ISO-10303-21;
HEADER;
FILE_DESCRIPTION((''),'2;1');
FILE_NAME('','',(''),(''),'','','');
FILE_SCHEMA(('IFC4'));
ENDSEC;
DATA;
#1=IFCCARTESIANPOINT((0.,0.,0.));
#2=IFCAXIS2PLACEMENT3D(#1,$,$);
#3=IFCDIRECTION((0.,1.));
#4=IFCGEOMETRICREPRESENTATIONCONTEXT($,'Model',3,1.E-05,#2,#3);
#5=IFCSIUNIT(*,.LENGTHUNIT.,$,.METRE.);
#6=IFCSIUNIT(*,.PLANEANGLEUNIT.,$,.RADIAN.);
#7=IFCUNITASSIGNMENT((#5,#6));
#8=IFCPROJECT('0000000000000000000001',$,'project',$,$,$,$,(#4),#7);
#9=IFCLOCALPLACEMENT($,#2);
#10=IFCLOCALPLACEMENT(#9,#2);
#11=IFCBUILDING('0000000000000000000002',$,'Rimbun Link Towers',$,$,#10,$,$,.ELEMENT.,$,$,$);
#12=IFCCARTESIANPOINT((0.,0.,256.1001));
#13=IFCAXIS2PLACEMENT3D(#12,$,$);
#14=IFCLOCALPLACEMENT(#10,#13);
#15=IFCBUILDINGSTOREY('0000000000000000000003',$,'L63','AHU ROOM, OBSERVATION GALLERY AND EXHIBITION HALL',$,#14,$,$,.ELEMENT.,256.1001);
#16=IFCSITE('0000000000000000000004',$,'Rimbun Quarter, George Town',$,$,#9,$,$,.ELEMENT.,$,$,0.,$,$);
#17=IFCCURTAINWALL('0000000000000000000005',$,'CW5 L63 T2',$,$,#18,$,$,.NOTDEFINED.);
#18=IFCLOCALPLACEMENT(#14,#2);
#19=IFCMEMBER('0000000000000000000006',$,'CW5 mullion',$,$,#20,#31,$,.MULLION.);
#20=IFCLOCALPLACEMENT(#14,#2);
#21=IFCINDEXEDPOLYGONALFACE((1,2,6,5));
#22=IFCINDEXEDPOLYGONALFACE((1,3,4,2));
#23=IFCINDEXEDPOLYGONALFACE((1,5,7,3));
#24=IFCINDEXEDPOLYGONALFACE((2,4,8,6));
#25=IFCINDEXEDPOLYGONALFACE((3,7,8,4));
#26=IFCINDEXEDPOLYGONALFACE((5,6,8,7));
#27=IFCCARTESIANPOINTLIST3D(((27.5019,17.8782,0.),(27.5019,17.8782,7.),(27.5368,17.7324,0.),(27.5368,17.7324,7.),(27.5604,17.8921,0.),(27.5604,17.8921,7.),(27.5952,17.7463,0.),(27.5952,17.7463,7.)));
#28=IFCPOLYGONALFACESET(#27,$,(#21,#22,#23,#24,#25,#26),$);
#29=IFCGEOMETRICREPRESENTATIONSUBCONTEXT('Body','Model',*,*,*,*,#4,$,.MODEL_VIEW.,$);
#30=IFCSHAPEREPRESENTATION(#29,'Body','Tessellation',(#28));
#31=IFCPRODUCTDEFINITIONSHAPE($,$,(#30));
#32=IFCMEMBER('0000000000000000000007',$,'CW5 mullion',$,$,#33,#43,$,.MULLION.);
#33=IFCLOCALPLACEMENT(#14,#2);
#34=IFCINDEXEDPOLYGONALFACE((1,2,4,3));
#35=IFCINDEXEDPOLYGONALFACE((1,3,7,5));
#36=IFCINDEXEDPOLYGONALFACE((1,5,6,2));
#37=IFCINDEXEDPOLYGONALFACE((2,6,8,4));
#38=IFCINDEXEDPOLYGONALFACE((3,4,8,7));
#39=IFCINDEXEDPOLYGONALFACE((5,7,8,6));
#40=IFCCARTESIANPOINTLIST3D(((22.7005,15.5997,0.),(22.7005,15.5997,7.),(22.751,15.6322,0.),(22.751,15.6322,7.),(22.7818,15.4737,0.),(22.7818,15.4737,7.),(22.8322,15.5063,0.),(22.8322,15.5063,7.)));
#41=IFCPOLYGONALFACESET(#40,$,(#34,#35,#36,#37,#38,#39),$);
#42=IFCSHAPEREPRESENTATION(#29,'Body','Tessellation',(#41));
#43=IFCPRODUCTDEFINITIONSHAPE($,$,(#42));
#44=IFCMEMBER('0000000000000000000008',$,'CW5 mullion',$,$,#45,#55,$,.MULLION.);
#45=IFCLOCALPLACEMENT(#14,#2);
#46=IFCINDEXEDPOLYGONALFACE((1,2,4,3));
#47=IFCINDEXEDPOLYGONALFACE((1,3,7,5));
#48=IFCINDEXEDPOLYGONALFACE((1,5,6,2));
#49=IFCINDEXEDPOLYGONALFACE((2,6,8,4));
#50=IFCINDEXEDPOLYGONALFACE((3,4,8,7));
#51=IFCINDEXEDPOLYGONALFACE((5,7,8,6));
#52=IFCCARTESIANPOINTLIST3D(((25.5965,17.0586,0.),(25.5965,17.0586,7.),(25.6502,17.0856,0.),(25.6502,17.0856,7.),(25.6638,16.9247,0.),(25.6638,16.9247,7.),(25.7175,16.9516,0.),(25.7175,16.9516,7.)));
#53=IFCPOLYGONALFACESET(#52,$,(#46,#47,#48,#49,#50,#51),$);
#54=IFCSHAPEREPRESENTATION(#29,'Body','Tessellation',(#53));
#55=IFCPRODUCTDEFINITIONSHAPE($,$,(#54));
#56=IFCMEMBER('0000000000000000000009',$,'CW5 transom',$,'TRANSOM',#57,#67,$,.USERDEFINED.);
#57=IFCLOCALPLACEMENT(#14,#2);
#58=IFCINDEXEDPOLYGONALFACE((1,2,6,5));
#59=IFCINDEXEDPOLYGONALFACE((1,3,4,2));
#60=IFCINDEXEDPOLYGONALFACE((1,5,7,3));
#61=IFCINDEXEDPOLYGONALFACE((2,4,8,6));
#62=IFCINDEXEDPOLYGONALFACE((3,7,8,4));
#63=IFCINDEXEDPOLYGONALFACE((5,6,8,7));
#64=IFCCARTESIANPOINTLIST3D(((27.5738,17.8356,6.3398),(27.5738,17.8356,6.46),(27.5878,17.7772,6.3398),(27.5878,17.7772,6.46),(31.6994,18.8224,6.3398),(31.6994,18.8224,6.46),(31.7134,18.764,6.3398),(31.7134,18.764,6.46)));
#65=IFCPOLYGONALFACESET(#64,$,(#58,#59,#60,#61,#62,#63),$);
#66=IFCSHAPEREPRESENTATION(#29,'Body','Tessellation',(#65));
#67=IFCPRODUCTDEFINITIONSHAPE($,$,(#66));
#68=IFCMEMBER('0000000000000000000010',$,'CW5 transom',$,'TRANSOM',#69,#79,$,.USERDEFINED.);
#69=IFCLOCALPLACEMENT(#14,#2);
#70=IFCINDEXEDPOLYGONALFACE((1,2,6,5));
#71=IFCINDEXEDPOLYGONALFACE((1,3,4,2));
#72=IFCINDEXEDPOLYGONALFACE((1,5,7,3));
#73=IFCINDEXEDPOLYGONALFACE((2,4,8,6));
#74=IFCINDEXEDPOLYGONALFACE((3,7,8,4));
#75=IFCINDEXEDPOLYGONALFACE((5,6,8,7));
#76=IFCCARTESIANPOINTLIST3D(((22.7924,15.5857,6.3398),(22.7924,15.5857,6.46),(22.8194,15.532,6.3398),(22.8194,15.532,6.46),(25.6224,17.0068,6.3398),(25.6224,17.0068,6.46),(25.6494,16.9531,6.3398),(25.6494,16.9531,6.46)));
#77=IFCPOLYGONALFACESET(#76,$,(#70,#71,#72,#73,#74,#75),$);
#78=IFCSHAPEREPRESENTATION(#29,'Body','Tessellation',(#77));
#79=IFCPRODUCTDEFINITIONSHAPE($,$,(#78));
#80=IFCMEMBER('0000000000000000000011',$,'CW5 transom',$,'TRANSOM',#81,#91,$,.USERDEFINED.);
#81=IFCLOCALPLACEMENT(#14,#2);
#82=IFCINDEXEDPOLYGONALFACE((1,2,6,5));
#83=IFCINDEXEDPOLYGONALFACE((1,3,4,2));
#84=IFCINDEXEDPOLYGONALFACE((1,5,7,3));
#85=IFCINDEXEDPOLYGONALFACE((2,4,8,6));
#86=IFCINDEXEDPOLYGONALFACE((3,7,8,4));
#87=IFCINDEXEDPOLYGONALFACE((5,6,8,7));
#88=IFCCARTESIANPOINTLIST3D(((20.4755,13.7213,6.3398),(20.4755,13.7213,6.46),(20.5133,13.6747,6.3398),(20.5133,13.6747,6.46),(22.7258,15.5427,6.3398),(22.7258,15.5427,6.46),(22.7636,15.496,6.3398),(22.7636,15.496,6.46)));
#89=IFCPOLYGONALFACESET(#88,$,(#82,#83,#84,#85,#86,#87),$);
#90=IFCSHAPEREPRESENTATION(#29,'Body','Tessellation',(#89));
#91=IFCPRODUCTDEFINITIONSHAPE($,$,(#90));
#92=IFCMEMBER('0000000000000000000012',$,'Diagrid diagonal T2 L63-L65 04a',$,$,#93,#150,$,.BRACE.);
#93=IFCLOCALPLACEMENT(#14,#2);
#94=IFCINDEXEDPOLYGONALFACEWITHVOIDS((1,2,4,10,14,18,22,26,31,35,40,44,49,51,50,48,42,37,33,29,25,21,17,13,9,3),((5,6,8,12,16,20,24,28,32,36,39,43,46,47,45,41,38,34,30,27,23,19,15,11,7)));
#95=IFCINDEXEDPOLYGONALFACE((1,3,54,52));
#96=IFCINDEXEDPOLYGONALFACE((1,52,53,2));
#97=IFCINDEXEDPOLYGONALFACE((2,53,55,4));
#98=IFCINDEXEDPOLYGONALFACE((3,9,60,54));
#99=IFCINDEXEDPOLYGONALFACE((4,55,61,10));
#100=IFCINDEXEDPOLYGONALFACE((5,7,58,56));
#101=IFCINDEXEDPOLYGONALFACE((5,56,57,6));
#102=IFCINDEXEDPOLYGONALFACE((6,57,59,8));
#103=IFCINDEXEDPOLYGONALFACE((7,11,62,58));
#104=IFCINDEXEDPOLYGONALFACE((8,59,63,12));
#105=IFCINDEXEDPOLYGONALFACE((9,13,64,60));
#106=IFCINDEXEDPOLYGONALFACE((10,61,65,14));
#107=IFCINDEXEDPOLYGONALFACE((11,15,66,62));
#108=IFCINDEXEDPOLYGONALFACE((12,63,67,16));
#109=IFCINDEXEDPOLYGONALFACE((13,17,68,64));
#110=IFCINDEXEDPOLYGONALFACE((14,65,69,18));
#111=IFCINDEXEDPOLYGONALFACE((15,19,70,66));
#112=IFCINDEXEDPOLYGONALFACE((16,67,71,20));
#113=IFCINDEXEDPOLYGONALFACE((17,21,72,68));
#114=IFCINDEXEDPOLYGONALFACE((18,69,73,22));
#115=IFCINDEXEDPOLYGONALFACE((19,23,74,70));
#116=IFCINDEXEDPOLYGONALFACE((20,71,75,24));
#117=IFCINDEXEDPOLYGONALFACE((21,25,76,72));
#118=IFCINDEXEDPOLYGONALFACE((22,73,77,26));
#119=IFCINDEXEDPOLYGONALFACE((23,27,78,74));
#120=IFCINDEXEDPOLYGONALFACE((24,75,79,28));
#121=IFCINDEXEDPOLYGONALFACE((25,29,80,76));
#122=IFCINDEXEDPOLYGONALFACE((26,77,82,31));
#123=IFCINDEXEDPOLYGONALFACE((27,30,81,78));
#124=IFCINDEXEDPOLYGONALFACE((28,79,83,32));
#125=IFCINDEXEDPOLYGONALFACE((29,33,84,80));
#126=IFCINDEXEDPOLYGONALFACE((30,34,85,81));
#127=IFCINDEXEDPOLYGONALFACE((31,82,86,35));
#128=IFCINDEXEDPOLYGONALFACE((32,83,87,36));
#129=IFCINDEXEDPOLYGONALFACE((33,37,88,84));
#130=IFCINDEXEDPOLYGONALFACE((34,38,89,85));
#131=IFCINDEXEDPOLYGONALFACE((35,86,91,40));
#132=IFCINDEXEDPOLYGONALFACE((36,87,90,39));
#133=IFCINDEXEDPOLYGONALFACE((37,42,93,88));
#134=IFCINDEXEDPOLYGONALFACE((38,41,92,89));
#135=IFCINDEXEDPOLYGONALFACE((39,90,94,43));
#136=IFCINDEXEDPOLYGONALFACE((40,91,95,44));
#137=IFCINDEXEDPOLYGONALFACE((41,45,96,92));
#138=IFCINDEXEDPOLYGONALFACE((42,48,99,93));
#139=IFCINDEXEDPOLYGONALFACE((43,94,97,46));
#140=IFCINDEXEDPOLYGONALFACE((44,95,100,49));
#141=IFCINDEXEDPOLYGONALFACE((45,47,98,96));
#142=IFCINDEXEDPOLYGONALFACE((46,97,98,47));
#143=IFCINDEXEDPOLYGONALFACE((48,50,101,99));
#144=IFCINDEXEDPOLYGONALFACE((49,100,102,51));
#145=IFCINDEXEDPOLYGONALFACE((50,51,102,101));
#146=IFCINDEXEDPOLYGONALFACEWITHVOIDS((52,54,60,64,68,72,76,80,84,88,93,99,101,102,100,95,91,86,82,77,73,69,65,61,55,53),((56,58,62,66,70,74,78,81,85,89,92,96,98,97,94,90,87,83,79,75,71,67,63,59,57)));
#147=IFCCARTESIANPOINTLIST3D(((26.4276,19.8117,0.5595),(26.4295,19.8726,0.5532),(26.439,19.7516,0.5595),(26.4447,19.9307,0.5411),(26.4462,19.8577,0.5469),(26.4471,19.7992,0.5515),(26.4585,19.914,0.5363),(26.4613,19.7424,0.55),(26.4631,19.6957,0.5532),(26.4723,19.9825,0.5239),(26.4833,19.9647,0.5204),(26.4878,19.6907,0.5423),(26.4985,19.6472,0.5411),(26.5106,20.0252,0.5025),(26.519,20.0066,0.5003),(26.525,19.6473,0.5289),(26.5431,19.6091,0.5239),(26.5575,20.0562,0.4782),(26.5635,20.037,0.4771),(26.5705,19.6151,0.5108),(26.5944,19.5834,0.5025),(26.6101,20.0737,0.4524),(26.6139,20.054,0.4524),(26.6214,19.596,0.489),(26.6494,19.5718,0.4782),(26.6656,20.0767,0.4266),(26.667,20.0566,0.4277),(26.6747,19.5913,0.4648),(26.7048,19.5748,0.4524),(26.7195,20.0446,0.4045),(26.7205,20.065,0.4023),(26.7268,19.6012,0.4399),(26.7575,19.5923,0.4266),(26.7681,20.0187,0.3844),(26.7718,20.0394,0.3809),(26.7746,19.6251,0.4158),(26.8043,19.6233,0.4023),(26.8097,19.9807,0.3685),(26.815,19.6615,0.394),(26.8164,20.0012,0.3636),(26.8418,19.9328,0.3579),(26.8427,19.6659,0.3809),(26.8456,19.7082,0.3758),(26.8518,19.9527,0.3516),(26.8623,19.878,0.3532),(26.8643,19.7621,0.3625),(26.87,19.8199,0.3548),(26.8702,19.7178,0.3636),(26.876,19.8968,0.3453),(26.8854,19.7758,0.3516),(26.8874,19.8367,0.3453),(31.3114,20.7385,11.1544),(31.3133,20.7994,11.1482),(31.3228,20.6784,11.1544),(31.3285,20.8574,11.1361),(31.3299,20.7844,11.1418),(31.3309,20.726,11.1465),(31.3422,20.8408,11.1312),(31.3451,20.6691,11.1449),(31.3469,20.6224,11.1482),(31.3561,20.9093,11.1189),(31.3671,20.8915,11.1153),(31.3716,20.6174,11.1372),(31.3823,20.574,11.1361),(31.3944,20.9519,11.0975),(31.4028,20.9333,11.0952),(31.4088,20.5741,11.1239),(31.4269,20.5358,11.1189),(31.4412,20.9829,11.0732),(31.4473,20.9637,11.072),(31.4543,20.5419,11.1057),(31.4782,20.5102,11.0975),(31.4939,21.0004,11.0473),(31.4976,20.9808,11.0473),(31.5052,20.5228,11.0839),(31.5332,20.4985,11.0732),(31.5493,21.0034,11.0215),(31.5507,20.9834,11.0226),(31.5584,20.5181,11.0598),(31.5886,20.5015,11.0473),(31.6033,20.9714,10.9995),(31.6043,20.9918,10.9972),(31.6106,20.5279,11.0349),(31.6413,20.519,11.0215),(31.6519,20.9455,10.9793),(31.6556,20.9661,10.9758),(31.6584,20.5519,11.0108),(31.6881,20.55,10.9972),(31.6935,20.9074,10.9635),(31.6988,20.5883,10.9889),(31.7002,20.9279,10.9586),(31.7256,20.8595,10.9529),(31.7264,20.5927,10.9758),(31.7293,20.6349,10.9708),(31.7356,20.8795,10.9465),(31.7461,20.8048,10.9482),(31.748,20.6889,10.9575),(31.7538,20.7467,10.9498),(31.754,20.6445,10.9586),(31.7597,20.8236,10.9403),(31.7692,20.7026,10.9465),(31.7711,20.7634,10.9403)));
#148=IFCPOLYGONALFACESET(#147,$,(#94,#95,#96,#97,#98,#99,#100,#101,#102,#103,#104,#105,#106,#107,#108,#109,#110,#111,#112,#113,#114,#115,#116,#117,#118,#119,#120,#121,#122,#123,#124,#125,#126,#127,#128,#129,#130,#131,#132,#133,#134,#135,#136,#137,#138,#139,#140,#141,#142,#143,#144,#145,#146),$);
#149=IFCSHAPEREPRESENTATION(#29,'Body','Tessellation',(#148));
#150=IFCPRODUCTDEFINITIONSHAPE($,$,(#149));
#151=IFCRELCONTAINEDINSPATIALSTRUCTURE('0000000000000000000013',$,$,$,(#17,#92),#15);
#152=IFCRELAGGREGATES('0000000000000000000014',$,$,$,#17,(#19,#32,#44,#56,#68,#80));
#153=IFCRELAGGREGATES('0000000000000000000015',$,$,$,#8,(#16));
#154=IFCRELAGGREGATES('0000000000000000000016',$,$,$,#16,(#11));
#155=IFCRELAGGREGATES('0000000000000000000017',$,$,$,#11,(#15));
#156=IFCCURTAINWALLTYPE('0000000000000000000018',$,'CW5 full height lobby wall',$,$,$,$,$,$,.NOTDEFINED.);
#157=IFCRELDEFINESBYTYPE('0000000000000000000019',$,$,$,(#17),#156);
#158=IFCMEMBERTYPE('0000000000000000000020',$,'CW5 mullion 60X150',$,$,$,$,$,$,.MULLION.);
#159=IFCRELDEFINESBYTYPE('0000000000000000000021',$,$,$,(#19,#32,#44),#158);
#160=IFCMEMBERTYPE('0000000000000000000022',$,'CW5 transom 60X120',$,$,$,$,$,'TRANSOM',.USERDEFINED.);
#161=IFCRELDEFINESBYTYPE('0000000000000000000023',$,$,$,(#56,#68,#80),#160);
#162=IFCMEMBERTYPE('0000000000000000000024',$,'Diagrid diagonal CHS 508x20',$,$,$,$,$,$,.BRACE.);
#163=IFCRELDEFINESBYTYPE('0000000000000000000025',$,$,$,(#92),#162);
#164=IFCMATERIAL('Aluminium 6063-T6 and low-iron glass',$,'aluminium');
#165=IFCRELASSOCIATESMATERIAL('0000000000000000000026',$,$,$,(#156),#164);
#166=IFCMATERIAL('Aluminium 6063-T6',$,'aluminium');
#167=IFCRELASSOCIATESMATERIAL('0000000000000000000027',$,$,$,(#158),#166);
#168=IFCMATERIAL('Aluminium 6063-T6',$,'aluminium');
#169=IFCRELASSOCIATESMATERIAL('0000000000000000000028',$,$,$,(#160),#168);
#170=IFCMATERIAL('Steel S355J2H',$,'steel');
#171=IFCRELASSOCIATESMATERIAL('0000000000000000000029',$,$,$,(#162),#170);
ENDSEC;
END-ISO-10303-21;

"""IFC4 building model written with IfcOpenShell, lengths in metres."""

from ifc_helpers import new_model, si_unit, direction, frame, origin, origin_2d, place, context, subcontext, project, spatial, rectangle, hollow_circle, extrude, material, material_profile, profile_set, type_object, element, aggregate, save


model = new_model("IFC4")

# Units and contexts
model_context = context("Model", 3, precision=1e-05, world=origin(), true_north=direction((0.0, 1.0)))
body_context = subcontext(model_context, "Body", "Model", "MODEL_VIEW")
ifc_project = project(units=[si_unit("LENGTHUNIT", "METRE"), si_unit("PLANEANGLEUNIT", "RADIAN")], contexts=[model_context])

# Site, building, storey
site_placement = place(None, origin())
site = spatial("IfcSite", under=ifc_project, at=site_placement, Name="Rimbun Quarter, George Town", CompositionType="ELEMENT", RefElevation=0.0)
building_placement = place(site_placement, origin())
building = spatial("IfcBuilding", under=site, at=building_placement, Name="Rimbun Link Towers", CompositionType="ELEMENT")
storey_placement = place(building_placement, frame((0.0, 0.0, 256.1001)))
storey = spatial("IfcBuildingStorey", under=building, at=storey_placement, Name="L63", Description="AHU ROOM, OBSERVATION GALLERY AND EXHIBITION HALL", CompositionType="ELEMENT", Elevation=256.1001)

# Curtain wall, members
ifc_material_1 = material(Name="Aluminium 6063-T6 and low-iron glass", Category="aluminium")
curtain_wall_type = type_object("IfcCurtainWallType", Name="CW5 full height lobby wall", PredefinedType="NOTDEFINED", material=ifc_material_1)
curtain_wall_placement = place(storey_placement, origin())
curtain_wall = element("IfcCurtainWall", 1, at=curtain_wall_placement, inside=storey, type_object=curtain_wall_type, Name="CW5 L63 T2", PredefinedType="NOTDEFINED")
ifc_material_2 = material(Name="Aluminium 6063-T6", Category="aluminium")
ifc_material_profile_1 = material_profile(ifc_material_2, rectangle(XDim=0.1499, YDim=0.0601, at=origin_2d()), Name="MULLION 60X150")
ifc_profile_set_1 = profile_set([ifc_material_profile_1], Name="Aluminium 6063-T6")
member_type_1 = type_object("IfcMemberType", Name="CW5 mullion 60X150", PredefinedType="MULLION", material=ifc_profile_set_1)
member_1_placement = place(storey_placement, frame((27.5486, 17.8123, 0.0), z_axis=(0.0, 0.0, 1.0), x_axis=(-0.232606, 0.972571, 0.0)))
member_1 = element("IfcMember", 2, at=member_1_placement, type_object=member_type_1, Name="CW5 mullion", PredefinedType="MULLION", context=body_context, shape_type="SweptSolid", body=[
    extrude(rectangle(XDim=0.1499, YDim=0.0601, at=origin_2d()), origin(), (0.0, 0.0, 1.0), 7.0),
])
member_2_placement = place(storey_placement, frame((22.7664, 15.553, 0.0), z_axis=(0.0, 0.0, 1.0), x_axis=(-0.542096, 0.840317, 0.0)))
member_2 = element("IfcMember", 3, at=member_2_placement, type_object=member_type_1, Name="CW5 mullion", PredefinedType="MULLION", context=body_context, shape_type="SweptSolid", body=[
    extrude(rectangle(XDim=0.1499, YDim=0.0601, at=origin_2d()), origin(), (0.0, 0.0, 1.0), 7.0),
])
member_3_placement = place(storey_placement, frame((25.657, 17.0051, 0.0), z_axis=(0.0, 0.0, 1.0), x_axis=(-0.448787, 0.893639, 0.0)))
member_3 = element("IfcMember", 4, at=member_3_placement, type_object=member_type_1, Name="CW5 mullion", PredefinedType="MULLION", context=body_context, shape_type="SweptSolid", body=[
    extrude(rectangle(XDim=0.1499, YDim=0.0601, at=origin_2d()), origin(), (0.0, 0.0, 1.0), 7.0),
])
ifc_material_3 = material(Name="Aluminium 6063-T6", Category="aluminium")
ifc_material_profile_2 = material_profile(ifc_material_3, rectangle(XDim=0.0601, YDim=0.1201, at=origin_2d()), Name="TRANSOM 60X120")
ifc_profile_set_2 = profile_set([ifc_material_profile_2], Name="Aluminium 6063-T6")
member_type_2 = type_object("IfcMemberType", Name="CW5 transom 60X120", ElementType="TRANSOM", PredefinedType="USERDEFINED", material=ifc_profile_set_2)
member_4_placement = place(storey_placement, frame((27.5808, 17.8064, 6.3999), z_axis=(0.972564, 0.232637, 0.0), x_axis=(-0.232637, 0.972564, 0.0)))
member_4 = element("IfcMember", 5, at=member_4_placement, type_object=member_type_2, Name="CW5 transom", ObjectType="TRANSOM", PredefinedType="USERDEFINED", context=body_context, shape_type="SweptSolid", body=[
    extrude(rectangle(XDim=0.0601, YDim=0.1201, at=origin_2d()), origin(), (0.0, 0.0, 1.0), 4.2419),
])
member_5_placement = place(storey_placement, frame((22.8059, 15.5588, 6.3999), z_axis=(0.893655, 0.448755, 0.0), x_axis=(-0.448755, 0.893655, 0.0)))
member_5 = element("IfcMember", 6, at=member_5_placement, type_object=member_type_2, Name="CW5 transom", ObjectType="TRANSOM", PredefinedType="USERDEFINED", context=body_context, shape_type="SweptSolid", body=[
    extrude(rectangle(XDim=0.0601, YDim=0.1201, at=origin_2d()), origin(), (0.0, 0.0, 1.0), 3.1667),
])
member_6_placement = place(storey_placement, frame((20.4944, 13.698, 6.3999), z_axis=(0.777302, 0.629128, 0.0), x_axis=(-0.629128, 0.777302, 0.0)))
member_6 = element("IfcMember", 7, at=member_6_placement, type_object=member_type_2, Name="CW5 transom", ObjectType="TRANSOM", PredefinedType="USERDEFINED", context=body_context, shape_type="SweptSolid", body=[
    extrude(rectangle(XDim=0.0601, YDim=0.1201, at=origin_2d()), origin(), (0.0, 0.0, 1.0), 2.895),
])

# Member
ifc_material_4 = material(Name="Steel S355J2H", Category="steel")
ifc_material_profile_3 = material_profile(ifc_material_4, hollow_circle(Radius=0.2539, WallThickness=0.02, at=origin_2d()), Name="Diagrid diagonal CHS 508x20")
ifc_profile_set_3 = profile_set([ifc_material_profile_3], Name="Steel S355J2H")
member_type_3 = type_object("IfcMemberType", Name="Diagrid diagonal CHS 508x20", PredefinedType="BRACE", material=ifc_profile_set_3)
member_7_placement = place(storey_placement, frame((26.6575, 19.8242, 0.4524), z_axis=(0.417306, 0.079189, 0.905309), x_axis=(-0.186435, 0.982467, 0.0)))
element("IfcMember", 8, at=member_7_placement, inside=storey, type_object=member_type_3, Name="Diagrid diagonal T2 L63-L65 04a", PredefinedType="BRACE", context=body_context, shape_type="SweptSolid", body=[
    extrude(hollow_circle(Radius=0.2539, WallThickness=0.02, at=origin_2d()), origin(), (0.0, 0.0, 1.0), 11.7031),
])

aggregate(curtain_wall, [member_1, member_2, member_3, member_4, member_5, member_6])

save(model, "model.ifc")
